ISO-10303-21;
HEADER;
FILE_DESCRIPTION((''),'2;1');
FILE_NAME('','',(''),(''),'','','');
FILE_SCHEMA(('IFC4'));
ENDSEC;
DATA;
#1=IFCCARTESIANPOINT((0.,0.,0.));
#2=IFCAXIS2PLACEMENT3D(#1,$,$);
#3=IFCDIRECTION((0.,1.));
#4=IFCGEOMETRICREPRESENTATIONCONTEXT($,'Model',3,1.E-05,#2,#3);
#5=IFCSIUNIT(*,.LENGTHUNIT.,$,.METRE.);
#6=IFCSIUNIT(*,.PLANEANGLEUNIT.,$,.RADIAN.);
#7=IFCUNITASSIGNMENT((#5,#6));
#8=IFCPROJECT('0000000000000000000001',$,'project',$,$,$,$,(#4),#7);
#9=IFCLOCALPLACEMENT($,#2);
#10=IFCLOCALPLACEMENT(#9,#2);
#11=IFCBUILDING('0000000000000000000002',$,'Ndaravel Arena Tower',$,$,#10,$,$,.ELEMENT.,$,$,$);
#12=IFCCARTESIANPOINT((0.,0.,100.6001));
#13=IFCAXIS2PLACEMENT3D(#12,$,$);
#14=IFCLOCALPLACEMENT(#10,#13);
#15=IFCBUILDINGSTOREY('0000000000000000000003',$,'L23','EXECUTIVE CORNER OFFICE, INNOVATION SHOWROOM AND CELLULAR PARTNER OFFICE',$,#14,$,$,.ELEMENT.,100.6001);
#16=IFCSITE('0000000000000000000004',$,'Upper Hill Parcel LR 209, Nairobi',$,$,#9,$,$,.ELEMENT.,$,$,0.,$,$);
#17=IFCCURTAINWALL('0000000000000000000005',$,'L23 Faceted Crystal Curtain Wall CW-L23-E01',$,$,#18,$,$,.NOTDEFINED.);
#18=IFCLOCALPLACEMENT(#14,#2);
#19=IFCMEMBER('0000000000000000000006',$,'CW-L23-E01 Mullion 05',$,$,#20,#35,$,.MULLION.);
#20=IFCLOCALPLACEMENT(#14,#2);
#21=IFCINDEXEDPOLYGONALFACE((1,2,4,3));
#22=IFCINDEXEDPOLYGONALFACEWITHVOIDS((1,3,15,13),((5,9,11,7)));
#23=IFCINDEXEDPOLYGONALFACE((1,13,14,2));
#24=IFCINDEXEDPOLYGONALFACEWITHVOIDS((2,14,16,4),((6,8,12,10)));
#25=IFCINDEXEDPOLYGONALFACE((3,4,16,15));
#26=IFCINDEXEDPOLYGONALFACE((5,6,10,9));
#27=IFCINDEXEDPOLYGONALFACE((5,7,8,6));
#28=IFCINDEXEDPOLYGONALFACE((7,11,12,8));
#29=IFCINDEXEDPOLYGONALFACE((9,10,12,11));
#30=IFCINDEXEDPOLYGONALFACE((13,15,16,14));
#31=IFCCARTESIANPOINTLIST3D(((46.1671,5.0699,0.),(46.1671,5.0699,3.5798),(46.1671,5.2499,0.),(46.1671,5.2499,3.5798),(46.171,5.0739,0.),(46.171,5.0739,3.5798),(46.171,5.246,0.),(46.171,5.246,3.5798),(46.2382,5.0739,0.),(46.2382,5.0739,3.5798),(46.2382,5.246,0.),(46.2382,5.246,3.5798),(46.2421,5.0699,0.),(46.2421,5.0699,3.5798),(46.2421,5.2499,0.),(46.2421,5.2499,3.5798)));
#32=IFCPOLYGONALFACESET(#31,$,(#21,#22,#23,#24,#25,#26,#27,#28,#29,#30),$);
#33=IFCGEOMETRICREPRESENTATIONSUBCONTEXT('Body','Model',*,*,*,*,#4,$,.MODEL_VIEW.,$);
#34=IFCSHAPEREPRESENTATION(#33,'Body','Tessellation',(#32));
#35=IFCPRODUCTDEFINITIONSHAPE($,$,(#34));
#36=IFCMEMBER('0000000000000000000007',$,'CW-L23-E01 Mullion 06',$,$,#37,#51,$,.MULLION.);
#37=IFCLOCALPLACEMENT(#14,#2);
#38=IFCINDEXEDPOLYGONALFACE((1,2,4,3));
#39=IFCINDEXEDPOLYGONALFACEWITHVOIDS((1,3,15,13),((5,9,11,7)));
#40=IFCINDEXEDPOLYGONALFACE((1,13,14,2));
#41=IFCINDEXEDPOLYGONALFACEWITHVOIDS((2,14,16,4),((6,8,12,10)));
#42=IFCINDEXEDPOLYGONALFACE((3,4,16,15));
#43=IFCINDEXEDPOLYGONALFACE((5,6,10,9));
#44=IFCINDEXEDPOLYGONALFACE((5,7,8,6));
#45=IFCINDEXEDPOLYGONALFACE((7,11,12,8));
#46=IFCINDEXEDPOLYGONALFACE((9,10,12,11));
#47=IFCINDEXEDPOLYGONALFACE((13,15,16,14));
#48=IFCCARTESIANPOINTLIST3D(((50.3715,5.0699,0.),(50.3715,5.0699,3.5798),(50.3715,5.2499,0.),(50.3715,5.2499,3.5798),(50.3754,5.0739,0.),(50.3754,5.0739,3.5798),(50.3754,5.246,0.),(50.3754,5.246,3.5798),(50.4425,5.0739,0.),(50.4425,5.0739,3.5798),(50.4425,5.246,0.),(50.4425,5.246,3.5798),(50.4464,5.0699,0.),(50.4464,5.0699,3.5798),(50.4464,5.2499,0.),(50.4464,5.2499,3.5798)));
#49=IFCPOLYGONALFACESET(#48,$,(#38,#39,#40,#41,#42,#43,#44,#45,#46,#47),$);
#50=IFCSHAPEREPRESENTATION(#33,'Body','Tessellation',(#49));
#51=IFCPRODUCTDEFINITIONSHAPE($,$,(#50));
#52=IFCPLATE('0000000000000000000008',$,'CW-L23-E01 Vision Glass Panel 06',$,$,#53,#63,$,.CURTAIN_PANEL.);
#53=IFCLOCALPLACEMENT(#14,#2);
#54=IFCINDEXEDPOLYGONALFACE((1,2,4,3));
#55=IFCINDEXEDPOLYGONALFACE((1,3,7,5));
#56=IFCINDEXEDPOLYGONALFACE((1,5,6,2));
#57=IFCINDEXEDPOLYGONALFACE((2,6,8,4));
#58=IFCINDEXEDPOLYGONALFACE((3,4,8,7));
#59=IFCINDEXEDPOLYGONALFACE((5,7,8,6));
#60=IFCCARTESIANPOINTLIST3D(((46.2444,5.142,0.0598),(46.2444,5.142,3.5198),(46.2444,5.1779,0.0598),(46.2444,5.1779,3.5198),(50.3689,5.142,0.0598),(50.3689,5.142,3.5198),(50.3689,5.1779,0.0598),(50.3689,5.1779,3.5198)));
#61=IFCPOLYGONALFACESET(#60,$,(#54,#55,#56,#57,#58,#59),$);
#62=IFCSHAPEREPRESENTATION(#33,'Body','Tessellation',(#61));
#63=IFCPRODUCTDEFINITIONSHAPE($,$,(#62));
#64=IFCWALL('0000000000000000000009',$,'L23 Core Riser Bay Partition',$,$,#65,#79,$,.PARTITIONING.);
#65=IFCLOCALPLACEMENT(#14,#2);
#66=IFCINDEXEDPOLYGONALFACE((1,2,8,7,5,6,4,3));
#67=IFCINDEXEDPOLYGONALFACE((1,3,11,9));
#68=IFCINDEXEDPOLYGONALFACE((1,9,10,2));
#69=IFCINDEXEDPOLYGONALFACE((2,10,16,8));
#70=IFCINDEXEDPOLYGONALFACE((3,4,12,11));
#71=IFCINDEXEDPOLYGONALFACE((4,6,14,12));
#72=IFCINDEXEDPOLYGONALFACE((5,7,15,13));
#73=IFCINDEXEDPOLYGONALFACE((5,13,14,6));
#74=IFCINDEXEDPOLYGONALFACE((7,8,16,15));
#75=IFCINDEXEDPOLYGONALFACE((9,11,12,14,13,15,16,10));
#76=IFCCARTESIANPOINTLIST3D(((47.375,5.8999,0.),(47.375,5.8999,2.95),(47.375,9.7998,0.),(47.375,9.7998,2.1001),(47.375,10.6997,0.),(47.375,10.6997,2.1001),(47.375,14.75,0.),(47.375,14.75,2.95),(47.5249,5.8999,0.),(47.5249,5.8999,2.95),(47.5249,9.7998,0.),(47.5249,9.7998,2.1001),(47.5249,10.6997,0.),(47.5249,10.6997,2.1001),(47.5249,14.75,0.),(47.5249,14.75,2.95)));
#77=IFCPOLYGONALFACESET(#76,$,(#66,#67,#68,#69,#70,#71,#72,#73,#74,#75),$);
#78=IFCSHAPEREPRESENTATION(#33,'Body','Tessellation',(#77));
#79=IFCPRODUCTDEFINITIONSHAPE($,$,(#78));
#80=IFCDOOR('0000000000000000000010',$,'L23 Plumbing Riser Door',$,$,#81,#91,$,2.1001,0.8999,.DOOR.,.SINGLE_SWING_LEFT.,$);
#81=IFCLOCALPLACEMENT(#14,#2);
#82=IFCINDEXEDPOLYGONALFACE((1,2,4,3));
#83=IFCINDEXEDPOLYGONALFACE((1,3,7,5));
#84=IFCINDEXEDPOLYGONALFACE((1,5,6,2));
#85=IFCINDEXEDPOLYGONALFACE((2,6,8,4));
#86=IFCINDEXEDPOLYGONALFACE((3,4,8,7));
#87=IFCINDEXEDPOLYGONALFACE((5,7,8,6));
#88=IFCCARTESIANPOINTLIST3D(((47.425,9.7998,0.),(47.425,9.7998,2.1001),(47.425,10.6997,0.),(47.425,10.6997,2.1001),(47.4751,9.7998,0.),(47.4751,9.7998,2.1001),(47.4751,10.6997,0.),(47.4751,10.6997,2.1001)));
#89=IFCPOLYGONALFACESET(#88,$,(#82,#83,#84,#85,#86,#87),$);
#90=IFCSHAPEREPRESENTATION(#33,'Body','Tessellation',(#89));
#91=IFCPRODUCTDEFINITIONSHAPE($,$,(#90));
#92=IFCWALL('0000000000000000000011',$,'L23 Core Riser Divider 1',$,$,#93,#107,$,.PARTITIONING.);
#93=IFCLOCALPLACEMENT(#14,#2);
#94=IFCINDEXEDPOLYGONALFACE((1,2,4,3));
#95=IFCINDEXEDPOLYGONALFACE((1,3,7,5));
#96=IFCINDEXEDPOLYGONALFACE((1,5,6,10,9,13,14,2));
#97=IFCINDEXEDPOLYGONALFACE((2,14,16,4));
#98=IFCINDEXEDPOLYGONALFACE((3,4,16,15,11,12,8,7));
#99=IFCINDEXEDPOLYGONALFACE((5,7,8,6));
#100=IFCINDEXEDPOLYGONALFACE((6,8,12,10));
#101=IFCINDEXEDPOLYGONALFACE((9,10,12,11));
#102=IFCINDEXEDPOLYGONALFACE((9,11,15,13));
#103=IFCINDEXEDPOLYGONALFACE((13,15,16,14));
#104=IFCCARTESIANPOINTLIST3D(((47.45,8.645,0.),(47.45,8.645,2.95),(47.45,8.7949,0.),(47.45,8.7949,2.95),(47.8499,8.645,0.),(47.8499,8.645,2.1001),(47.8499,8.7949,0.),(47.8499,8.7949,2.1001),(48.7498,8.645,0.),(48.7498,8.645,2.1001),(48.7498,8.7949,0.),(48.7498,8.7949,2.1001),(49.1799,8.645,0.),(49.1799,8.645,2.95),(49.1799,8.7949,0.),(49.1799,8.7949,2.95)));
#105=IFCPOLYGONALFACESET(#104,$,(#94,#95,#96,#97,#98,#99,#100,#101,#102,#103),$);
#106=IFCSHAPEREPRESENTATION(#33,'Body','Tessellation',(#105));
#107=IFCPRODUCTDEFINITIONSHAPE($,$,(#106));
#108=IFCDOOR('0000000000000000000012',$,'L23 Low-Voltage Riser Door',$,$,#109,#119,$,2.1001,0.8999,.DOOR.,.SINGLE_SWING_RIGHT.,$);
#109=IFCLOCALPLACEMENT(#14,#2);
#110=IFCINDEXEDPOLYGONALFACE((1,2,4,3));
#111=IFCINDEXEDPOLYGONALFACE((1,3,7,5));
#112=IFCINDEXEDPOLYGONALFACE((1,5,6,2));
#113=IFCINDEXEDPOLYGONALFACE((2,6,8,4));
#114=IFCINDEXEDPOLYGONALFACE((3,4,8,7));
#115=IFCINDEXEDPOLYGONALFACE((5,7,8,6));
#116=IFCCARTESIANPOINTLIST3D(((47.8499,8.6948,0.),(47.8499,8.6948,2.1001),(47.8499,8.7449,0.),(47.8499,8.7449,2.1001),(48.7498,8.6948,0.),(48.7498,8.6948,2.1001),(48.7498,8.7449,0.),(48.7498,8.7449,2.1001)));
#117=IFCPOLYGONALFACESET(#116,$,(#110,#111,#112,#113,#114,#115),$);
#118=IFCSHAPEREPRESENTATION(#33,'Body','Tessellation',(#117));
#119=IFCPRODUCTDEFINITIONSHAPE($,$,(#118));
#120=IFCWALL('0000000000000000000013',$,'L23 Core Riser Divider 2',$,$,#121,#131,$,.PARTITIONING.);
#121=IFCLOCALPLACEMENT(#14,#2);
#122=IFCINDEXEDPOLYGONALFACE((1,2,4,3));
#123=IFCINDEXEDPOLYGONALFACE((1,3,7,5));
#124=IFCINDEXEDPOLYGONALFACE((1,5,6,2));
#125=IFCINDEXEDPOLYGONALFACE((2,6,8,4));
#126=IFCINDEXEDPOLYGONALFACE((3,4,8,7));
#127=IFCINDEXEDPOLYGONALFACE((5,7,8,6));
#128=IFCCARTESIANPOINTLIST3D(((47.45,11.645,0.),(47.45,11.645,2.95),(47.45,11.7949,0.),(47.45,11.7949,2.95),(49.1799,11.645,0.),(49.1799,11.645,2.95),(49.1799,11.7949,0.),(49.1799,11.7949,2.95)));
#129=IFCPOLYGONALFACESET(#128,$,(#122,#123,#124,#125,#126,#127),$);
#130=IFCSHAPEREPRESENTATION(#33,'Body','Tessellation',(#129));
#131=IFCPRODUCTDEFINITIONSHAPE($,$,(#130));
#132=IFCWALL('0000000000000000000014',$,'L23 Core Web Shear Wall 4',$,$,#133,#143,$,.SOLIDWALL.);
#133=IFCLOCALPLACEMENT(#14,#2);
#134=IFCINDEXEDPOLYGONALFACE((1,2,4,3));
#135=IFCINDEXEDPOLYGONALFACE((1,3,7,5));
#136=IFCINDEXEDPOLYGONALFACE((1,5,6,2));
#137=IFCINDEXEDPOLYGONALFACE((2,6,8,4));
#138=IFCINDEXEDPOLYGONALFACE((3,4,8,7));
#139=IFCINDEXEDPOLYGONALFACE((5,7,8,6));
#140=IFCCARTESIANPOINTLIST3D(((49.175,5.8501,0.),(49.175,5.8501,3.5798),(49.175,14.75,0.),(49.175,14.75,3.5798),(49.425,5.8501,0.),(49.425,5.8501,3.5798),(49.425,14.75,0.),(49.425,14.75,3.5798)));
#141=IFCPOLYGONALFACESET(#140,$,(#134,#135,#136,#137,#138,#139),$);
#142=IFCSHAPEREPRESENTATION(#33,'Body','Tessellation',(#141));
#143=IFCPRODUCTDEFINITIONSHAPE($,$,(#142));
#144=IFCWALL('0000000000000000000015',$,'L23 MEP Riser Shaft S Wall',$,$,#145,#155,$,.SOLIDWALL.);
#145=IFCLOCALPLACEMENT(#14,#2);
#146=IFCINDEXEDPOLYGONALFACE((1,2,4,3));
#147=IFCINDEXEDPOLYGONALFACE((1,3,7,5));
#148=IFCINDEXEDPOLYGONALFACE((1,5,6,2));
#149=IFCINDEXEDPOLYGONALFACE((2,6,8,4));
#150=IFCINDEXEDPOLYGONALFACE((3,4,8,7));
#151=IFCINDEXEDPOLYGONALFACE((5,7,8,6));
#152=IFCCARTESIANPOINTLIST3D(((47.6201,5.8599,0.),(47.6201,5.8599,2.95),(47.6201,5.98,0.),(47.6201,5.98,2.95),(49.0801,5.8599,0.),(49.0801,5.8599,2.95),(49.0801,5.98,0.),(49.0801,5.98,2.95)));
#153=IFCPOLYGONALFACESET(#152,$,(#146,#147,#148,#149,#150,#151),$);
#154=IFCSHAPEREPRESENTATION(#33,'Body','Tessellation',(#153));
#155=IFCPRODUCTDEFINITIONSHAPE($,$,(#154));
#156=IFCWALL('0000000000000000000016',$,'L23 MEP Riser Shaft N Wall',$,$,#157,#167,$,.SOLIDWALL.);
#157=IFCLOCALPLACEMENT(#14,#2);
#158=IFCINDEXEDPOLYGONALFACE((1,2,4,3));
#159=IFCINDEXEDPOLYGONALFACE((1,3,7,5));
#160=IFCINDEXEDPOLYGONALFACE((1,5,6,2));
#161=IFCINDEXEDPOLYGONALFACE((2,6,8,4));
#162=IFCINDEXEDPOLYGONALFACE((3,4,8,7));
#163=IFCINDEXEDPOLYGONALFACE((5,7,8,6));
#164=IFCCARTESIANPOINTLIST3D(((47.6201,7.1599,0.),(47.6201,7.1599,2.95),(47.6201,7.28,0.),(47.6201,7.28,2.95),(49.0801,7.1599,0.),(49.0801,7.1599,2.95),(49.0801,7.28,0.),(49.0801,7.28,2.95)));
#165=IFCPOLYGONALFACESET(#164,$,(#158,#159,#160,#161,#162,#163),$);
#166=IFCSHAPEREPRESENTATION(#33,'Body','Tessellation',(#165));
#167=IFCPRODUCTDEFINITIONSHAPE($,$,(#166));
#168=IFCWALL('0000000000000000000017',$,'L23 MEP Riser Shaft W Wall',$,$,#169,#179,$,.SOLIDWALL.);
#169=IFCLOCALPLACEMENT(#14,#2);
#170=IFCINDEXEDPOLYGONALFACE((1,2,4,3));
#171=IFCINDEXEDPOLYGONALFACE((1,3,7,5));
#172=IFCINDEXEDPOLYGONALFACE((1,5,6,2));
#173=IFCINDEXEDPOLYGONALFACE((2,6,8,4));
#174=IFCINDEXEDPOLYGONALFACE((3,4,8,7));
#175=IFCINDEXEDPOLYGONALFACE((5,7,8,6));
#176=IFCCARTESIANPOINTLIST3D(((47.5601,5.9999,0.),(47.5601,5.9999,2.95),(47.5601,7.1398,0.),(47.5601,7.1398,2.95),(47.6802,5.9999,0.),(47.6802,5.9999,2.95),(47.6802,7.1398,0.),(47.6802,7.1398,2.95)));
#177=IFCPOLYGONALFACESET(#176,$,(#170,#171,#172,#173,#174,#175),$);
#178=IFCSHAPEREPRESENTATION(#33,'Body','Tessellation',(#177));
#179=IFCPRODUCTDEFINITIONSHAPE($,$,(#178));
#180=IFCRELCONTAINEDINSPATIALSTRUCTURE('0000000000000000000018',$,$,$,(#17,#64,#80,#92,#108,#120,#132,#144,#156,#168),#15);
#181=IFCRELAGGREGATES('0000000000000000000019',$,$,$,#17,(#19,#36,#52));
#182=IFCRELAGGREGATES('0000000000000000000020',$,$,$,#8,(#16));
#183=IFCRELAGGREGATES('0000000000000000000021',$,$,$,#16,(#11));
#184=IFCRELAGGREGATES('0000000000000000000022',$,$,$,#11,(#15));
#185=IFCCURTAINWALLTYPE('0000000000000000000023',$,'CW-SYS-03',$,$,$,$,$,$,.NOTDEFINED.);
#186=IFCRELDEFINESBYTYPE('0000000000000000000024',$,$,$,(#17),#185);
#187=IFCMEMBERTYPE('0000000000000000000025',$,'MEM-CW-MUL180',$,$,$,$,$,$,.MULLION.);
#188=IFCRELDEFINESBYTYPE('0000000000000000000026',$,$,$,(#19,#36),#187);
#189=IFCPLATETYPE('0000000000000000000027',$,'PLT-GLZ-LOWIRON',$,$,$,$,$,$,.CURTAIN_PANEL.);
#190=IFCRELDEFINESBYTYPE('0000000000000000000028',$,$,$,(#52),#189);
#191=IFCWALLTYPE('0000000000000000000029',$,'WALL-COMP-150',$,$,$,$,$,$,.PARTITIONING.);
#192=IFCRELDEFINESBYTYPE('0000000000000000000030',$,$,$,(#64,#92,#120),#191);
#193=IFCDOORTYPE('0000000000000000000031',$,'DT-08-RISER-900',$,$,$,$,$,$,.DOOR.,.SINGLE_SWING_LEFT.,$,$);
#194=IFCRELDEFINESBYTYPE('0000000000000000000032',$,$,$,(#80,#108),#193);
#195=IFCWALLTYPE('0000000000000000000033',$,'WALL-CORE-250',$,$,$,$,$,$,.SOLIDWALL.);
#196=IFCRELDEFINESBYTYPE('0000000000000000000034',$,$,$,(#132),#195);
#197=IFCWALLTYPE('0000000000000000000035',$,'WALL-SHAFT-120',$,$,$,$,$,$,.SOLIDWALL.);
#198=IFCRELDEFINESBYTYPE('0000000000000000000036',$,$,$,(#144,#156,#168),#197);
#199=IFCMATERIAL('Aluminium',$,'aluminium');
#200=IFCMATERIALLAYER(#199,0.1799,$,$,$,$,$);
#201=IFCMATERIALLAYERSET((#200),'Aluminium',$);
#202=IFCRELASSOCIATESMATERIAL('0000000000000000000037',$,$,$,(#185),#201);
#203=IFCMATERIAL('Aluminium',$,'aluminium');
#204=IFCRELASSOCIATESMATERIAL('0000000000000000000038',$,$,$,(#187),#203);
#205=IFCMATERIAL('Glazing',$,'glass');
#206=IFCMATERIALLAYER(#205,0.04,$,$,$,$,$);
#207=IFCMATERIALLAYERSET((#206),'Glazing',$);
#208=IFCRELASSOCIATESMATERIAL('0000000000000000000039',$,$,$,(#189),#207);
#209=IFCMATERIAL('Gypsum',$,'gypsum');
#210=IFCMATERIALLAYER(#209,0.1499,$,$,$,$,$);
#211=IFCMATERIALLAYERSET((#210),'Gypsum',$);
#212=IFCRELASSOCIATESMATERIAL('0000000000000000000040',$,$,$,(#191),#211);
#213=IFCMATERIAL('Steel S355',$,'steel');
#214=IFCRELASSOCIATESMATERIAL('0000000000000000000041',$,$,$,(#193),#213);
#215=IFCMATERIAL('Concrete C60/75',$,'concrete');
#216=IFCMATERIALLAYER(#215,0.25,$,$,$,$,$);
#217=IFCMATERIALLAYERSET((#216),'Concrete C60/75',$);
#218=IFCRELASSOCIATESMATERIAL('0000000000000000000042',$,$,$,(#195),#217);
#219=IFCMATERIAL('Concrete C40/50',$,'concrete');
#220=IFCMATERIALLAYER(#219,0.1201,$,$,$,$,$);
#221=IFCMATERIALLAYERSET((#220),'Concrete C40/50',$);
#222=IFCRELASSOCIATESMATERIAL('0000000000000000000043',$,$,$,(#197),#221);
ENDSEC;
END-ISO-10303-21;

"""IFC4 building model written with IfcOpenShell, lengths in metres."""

from ifc_helpers import new_model, si_unit, direction, frame, frame_2d, origin, origin_2d, place, context, subcontext, project, spatial, rectangle, hollow_rectangle, extrude, material, layer, layer_set, material_profile, profile_set, type_object, element, fill, aggregate, save


model = new_model("IFC4")

# Units and contexts
model_context = context("Model", 3, precision=1e-05, world=origin(), true_north=direction((0.0, 1.0)))
body_context = subcontext(model_context, "Body", "Model", "MODEL_VIEW")
ifc_project = project(units=[si_unit("LENGTHUNIT", "METRE"), si_unit("PLANEANGLEUNIT", "RADIAN")], contexts=[model_context])

# Site, building, storey
site_placement = place(None, origin())
site = spatial("IfcSite", under=ifc_project, at=site_placement, Name="Upper Hill Parcel LR 209, Nairobi", CompositionType="ELEMENT", RefElevation=0.0)
building_placement = place(site_placement, origin())
building = spatial("IfcBuilding", under=site, at=building_placement, Name="Ndaravel Arena Tower", CompositionType="ELEMENT")
storey_placement = place(building_placement, frame((0.0, 0.0, 100.6001)))
storey = spatial("IfcBuildingStorey", under=building, at=storey_placement, Name="L23", Description="EXECUTIVE CORNER OFFICE, INNOVATION SHOWROOM AND CELLULAR PARTNER OFFICE", CompositionType="ELEMENT", Elevation=100.6001)

# Curtain wall, members, plate
ifc_material_1 = material(Name="Aluminium", Category="aluminium")
ifc_layer_1 = layer(ifc_material_1, 0.1799)
ifc_layer_set_1 = layer_set([ifc_layer_1], Name="Aluminium")
curtain_wall_type = type_object("IfcCurtainWallType", Name="CW-SYS-03", PredefinedType="NOTDEFINED", material=ifc_layer_set_1)
curtain_wall_placement = place(storey_placement, origin())
curtain_wall = element("IfcCurtainWall", 1, at=curtain_wall_placement, inside=storey, type_object=curtain_wall_type, Name="L23 Faceted Crystal Curtain Wall CW-L23-E01", PredefinedType="NOTDEFINED")
ifc_material_2 = material(Name="Aluminium", Category="aluminium")
ifc_material_profile = material_profile(ifc_material_2, hollow_rectangle(XDim=0.075, YDim=0.1799, WallThickness=0.0039, at=origin_2d()), Name="CW MULLION 75x180x4")
ifc_profile_set = profile_set([ifc_material_profile], Name="Aluminium")
member_type = type_object("IfcMemberType", Name="MEM-CW-MUL180", PredefinedType="MULLION", material=ifc_profile_set)
member_1_placement = place(storey_placement, frame((46.2046, 5.1599, 0.0), z_axis=(0.0, 0.0, 1.0), x_axis=(1.0, 0.0, 0.0)))
member_1 = element("IfcMember", 2, at=member_1_placement, type_object=member_type, Name="CW-L23-E01 Mullion 05", PredefinedType="MULLION", context=body_context, shape_type="SweptSolid", body=[
    extrude(hollow_rectangle(XDim=0.075, YDim=0.1799, WallThickness=0.0039, at=origin_2d()), origin(), (0.0, 0.0, 1.0), 3.5798),
])
member_2_placement = place(storey_placement, frame((50.4089, 5.1599, 0.0), z_axis=(0.0, 0.0, 1.0), x_axis=(1.0, 0.0, 0.0)))
member_2 = element("IfcMember", 3, at=member_2_placement, type_object=member_type, Name="CW-L23-E01 Mullion 06", PredefinedType="MULLION", context=body_context, shape_type="SweptSolid", body=[
    extrude(hollow_rectangle(XDim=0.075, YDim=0.1799, WallThickness=0.0039, at=origin_2d()), origin(), (0.0, 0.0, 1.0), 3.5798),
])
ifc_material_3 = material(Name="Glazing", Category="glass")
ifc_layer_2 = layer(ifc_material_3, 0.04)
ifc_layer_set_2 = layer_set([ifc_layer_2], Name="Glazing")
plate_type = type_object("IfcPlateType", Name="PLT-GLZ-LOWIRON", PredefinedType="CURTAIN_PANEL", material=ifc_layer_set_2)
plate_placement = place(storey_placement, frame((48.3066, 5.1599, 0.0598), z_axis=(0.0, 0.0, 1.0), x_axis=(1.0, 0.0, 0.0)))
plate = element("IfcPlate", 4, at=plate_placement, type_object=plate_type, Name="CW-L23-E01 Vision Glass Panel 06", PredefinedType="CURTAIN_PANEL", context=body_context, shape_type="SweptSolid", body=[
    extrude(rectangle(XDim=4.1245, YDim=0.0359, at=origin_2d()), origin(), (0.0, 0.0, 1.0), 3.46),
])
aggregate(curtain_wall, [member_1, member_2, plate])

# Walls, openings, doors
ifc_material_4 = material(Name="Gypsum", Category="gypsum")
ifc_layer_3 = layer(ifc_material_4, 0.1499)
ifc_layer_set_3 = layer_set([ifc_layer_3], Name="Gypsum")
wall_type_1 = type_object("IfcWallType", Name="WALL-COMP-150", PredefinedType="PARTITIONING", material=ifc_layer_set_3)
wall_1_placement = place(storey_placement, frame((47.45, 5.8999, 0.0), z_axis=(0.0, 0.0, 1.0), x_axis=(0.0, 1.0, 0.0)))
wall_1 = element("IfcWall", 5, at=wall_1_placement, inside=storey, type_object=wall_type_1, Name="L23 Core Riser Bay Partition", PredefinedType="PARTITIONING", context=body_context, shape_type="SweptSolid", body=[
    extrude(rectangle(XDim=8.8501, YDim=0.1499, at=frame_2d((4.425, 0.0))), origin(), (0.0, 0.0, 1.0), 2.95),
])
opening_1_placement = place(wall_1_placement, frame((3.8999, 0.0, 0.0)))
opening_1 = element("IfcOpeningElement", 6, at=opening_1_placement, cuts=wall_1, PredefinedType="OPENING", context=body_context, shape_type="SweptSolid", body=[
    extrude(rectangle(XDim=0.8999, YDim=2.1001, at=frame_2d((0.45, 1.05))), frame((0.0, 0.075, 0.0), z_axis=(0.0, -1.0, 0.0), x_axis=(1.0, 0.0, 0.0)), (0.0, 0.0, 1.0), 0.1499),
])
ifc_material_5 = material(Name="Steel S355", Category="steel")
door_type_1 = type_object("IfcDoorType", Name="DT-08-RISER-900", OperationType="SINGLE_SWING_LEFT", PredefinedType="DOOR", material=ifc_material_5)
door_1_placement = place(opening_1_placement, origin())
door_1 = element("IfcDoor", 7, at=door_1_placement, inside=storey, type_object=door_type_1, Name="L23 Plumbing Riser Door", OperationType="SINGLE_SWING_LEFT", OverallHeight=2.1001, OverallWidth=0.8999, PredefinedType="DOOR", context=body_context, shape_type="SweptSolid", body=[
    extrude(rectangle(XDim=0.8999, YDim=2.1001, at=frame_2d((0.45, 1.05))), frame((0.0, 0.0249, 0.0), z_axis=(0.0, -1.0, 0.0), x_axis=(1.0, 0.0, 0.0)), (0.0, 0.0, 1.0), 0.05),
])
fill(opening_1, door_1)
wall_2_placement = place(storey_placement, frame((47.45, 8.72, 0.0), z_axis=(0.0, 0.0, 1.0), x_axis=(1.0, 0.0, 0.0)))
wall_2 = element("IfcWall", 8, at=wall_2_placement, inside=storey, type_object=wall_type_1, Name="L23 Core Riser Divider 1", PredefinedType="PARTITIONING", context=body_context, shape_type="SweptSolid", body=[
    extrude(rectangle(XDim=1.73, YDim=0.1499, at=frame_2d((0.865, 0.0))), origin(), (0.0, 0.0, 1.0), 2.95),
])
opening_2_placement = place(wall_2_placement, frame((0.3999, 0.0, 0.0)))
opening_2 = element("IfcOpeningElement", 9, at=opening_2_placement, cuts=wall_2, PredefinedType="OPENING", context=body_context, shape_type="SweptSolid", body=[
    extrude(rectangle(XDim=0.8999, YDim=2.1001, at=frame_2d((0.45, 1.05))), frame((0.0, 0.075, 0.0), z_axis=(0.0, -1.0, 0.0), x_axis=(1.0, 0.0, 0.0)), (0.0, 0.0, 1.0), 0.1499),
])
door_2_placement = place(opening_2_placement, origin())
door_2 = element("IfcDoor", 10, at=door_2_placement, inside=storey, type_object=door_type_1, Name="L23 Low-Voltage Riser Door", OperationType="SINGLE_SWING_RIGHT", OverallHeight=2.1001, OverallWidth=0.8999, PredefinedType="DOOR", context=body_context, shape_type="SweptSolid", body=[
    extrude(rectangle(XDim=0.8999, YDim=2.1001, at=frame_2d((0.45, 1.05))), frame((0.0, 0.0249, 0.0), z_axis=(0.0, -1.0, 0.0), x_axis=(1.0, 0.0, 0.0)), (0.0, 0.0, 1.0), 0.05),
])
fill(opening_2, door_2)

# Walls
wall_3_placement = place(storey_placement, frame((47.45, 11.72, 0.0), z_axis=(0.0, 0.0, 1.0), x_axis=(1.0, 0.0, 0.0)))
element("IfcWall", 11, at=wall_3_placement, inside=storey, type_object=wall_type_1, Name="L23 Core Riser Divider 2", PredefinedType="PARTITIONING", context=body_context, shape_type="SweptSolid", body=[
    extrude(rectangle(XDim=1.73, YDim=0.1499, at=frame_2d((0.865, 0.0))), origin(), (0.0, 0.0, 1.0), 2.95),
])
ifc_material_6 = material(Name="Concrete C60/75", Category="concrete")
ifc_layer_4 = layer(ifc_material_6, 0.25)
ifc_layer_set_4 = layer_set([ifc_layer_4], Name="Concrete C60/75")
wall_type_2 = type_object("IfcWallType", Name="WALL-CORE-250", PredefinedType="SOLIDWALL", material=ifc_layer_set_4)
wall_4_placement = place(storey_placement, frame((49.3, 5.8501, 0.0), z_axis=(0.0, 0.0, 1.0), x_axis=(0.0, 1.0, 0.0)))
element("IfcWall", 12, at=wall_4_placement, inside=storey, type_object=wall_type_2, Name="L23 Core Web Shear Wall 4", PredefinedType="SOLIDWALL", context=body_context, shape_type="SweptSolid", body=[
    extrude(rectangle(XDim=8.8999, YDim=0.25, at=frame_2d((4.45, 0.0))), origin(), (0.0, 0.0, 1.0), 3.5798),
])
ifc_material_7 = material(Name="Concrete C40/50", Category="concrete")
ifc_layer_5 = layer(ifc_material_7, 0.1201)
ifc_layer_set_5 = layer_set([ifc_layer_5], Name="Concrete C40/50")
wall_type_3 = type_object("IfcWallType", Name="WALL-SHAFT-120", PredefinedType="SOLIDWALL", material=ifc_layer_set_5)
for number, where, z_axis, x_axis, name in (
    (13, (47.6201, 5.9199, 0.0), (0.0, 0.0, 1.0), (1.0, 0.0, 0.0), "L23 MEP Riser Shaft S Wall"),
    (14, (47.6201, 7.22, 0.0), (0.0, 0.0, 1.0), (1.0, 0.0, 0.0), "L23 MEP Riser Shaft N Wall"),
):
    element("IfcWall", number, at=place(storey_placement, frame(where, z_axis=z_axis, x_axis=x_axis)), inside=storey, type_object=wall_type_3, Name=name, PredefinedType="SOLIDWALL", context=body_context, shape_type="SweptSolid", body=[
        extrude(rectangle(XDim=1.46, YDim=0.1201, at=frame_2d((0.73, 0.0))), origin(), (0.0, 0.0, 1.0), 2.95),
    ])
for number, where, z_axis, x_axis, name in (
    (15, (47.6201, 6.0, 0.0), (0.0, 0.0, 1.0), (0.0, 1.0, 0.0), "L23 MEP Riser Shaft W Wall"),
):
    element("IfcWall", number, at=place(storey_placement, frame(where, z_axis=z_axis, x_axis=x_axis)), inside=storey, type_object=wall_type_3, Name=name, PredefinedType="SOLIDWALL", context=body_context, shape_type="SweptSolid", body=[
        extrude(rectangle(XDim=1.1399, YDim=0.1201, at=frame_2d((0.5698, 0.0))), origin(), (0.0, 0.0, 1.0), 2.95),
    ])

save(model, "model.ifc")
